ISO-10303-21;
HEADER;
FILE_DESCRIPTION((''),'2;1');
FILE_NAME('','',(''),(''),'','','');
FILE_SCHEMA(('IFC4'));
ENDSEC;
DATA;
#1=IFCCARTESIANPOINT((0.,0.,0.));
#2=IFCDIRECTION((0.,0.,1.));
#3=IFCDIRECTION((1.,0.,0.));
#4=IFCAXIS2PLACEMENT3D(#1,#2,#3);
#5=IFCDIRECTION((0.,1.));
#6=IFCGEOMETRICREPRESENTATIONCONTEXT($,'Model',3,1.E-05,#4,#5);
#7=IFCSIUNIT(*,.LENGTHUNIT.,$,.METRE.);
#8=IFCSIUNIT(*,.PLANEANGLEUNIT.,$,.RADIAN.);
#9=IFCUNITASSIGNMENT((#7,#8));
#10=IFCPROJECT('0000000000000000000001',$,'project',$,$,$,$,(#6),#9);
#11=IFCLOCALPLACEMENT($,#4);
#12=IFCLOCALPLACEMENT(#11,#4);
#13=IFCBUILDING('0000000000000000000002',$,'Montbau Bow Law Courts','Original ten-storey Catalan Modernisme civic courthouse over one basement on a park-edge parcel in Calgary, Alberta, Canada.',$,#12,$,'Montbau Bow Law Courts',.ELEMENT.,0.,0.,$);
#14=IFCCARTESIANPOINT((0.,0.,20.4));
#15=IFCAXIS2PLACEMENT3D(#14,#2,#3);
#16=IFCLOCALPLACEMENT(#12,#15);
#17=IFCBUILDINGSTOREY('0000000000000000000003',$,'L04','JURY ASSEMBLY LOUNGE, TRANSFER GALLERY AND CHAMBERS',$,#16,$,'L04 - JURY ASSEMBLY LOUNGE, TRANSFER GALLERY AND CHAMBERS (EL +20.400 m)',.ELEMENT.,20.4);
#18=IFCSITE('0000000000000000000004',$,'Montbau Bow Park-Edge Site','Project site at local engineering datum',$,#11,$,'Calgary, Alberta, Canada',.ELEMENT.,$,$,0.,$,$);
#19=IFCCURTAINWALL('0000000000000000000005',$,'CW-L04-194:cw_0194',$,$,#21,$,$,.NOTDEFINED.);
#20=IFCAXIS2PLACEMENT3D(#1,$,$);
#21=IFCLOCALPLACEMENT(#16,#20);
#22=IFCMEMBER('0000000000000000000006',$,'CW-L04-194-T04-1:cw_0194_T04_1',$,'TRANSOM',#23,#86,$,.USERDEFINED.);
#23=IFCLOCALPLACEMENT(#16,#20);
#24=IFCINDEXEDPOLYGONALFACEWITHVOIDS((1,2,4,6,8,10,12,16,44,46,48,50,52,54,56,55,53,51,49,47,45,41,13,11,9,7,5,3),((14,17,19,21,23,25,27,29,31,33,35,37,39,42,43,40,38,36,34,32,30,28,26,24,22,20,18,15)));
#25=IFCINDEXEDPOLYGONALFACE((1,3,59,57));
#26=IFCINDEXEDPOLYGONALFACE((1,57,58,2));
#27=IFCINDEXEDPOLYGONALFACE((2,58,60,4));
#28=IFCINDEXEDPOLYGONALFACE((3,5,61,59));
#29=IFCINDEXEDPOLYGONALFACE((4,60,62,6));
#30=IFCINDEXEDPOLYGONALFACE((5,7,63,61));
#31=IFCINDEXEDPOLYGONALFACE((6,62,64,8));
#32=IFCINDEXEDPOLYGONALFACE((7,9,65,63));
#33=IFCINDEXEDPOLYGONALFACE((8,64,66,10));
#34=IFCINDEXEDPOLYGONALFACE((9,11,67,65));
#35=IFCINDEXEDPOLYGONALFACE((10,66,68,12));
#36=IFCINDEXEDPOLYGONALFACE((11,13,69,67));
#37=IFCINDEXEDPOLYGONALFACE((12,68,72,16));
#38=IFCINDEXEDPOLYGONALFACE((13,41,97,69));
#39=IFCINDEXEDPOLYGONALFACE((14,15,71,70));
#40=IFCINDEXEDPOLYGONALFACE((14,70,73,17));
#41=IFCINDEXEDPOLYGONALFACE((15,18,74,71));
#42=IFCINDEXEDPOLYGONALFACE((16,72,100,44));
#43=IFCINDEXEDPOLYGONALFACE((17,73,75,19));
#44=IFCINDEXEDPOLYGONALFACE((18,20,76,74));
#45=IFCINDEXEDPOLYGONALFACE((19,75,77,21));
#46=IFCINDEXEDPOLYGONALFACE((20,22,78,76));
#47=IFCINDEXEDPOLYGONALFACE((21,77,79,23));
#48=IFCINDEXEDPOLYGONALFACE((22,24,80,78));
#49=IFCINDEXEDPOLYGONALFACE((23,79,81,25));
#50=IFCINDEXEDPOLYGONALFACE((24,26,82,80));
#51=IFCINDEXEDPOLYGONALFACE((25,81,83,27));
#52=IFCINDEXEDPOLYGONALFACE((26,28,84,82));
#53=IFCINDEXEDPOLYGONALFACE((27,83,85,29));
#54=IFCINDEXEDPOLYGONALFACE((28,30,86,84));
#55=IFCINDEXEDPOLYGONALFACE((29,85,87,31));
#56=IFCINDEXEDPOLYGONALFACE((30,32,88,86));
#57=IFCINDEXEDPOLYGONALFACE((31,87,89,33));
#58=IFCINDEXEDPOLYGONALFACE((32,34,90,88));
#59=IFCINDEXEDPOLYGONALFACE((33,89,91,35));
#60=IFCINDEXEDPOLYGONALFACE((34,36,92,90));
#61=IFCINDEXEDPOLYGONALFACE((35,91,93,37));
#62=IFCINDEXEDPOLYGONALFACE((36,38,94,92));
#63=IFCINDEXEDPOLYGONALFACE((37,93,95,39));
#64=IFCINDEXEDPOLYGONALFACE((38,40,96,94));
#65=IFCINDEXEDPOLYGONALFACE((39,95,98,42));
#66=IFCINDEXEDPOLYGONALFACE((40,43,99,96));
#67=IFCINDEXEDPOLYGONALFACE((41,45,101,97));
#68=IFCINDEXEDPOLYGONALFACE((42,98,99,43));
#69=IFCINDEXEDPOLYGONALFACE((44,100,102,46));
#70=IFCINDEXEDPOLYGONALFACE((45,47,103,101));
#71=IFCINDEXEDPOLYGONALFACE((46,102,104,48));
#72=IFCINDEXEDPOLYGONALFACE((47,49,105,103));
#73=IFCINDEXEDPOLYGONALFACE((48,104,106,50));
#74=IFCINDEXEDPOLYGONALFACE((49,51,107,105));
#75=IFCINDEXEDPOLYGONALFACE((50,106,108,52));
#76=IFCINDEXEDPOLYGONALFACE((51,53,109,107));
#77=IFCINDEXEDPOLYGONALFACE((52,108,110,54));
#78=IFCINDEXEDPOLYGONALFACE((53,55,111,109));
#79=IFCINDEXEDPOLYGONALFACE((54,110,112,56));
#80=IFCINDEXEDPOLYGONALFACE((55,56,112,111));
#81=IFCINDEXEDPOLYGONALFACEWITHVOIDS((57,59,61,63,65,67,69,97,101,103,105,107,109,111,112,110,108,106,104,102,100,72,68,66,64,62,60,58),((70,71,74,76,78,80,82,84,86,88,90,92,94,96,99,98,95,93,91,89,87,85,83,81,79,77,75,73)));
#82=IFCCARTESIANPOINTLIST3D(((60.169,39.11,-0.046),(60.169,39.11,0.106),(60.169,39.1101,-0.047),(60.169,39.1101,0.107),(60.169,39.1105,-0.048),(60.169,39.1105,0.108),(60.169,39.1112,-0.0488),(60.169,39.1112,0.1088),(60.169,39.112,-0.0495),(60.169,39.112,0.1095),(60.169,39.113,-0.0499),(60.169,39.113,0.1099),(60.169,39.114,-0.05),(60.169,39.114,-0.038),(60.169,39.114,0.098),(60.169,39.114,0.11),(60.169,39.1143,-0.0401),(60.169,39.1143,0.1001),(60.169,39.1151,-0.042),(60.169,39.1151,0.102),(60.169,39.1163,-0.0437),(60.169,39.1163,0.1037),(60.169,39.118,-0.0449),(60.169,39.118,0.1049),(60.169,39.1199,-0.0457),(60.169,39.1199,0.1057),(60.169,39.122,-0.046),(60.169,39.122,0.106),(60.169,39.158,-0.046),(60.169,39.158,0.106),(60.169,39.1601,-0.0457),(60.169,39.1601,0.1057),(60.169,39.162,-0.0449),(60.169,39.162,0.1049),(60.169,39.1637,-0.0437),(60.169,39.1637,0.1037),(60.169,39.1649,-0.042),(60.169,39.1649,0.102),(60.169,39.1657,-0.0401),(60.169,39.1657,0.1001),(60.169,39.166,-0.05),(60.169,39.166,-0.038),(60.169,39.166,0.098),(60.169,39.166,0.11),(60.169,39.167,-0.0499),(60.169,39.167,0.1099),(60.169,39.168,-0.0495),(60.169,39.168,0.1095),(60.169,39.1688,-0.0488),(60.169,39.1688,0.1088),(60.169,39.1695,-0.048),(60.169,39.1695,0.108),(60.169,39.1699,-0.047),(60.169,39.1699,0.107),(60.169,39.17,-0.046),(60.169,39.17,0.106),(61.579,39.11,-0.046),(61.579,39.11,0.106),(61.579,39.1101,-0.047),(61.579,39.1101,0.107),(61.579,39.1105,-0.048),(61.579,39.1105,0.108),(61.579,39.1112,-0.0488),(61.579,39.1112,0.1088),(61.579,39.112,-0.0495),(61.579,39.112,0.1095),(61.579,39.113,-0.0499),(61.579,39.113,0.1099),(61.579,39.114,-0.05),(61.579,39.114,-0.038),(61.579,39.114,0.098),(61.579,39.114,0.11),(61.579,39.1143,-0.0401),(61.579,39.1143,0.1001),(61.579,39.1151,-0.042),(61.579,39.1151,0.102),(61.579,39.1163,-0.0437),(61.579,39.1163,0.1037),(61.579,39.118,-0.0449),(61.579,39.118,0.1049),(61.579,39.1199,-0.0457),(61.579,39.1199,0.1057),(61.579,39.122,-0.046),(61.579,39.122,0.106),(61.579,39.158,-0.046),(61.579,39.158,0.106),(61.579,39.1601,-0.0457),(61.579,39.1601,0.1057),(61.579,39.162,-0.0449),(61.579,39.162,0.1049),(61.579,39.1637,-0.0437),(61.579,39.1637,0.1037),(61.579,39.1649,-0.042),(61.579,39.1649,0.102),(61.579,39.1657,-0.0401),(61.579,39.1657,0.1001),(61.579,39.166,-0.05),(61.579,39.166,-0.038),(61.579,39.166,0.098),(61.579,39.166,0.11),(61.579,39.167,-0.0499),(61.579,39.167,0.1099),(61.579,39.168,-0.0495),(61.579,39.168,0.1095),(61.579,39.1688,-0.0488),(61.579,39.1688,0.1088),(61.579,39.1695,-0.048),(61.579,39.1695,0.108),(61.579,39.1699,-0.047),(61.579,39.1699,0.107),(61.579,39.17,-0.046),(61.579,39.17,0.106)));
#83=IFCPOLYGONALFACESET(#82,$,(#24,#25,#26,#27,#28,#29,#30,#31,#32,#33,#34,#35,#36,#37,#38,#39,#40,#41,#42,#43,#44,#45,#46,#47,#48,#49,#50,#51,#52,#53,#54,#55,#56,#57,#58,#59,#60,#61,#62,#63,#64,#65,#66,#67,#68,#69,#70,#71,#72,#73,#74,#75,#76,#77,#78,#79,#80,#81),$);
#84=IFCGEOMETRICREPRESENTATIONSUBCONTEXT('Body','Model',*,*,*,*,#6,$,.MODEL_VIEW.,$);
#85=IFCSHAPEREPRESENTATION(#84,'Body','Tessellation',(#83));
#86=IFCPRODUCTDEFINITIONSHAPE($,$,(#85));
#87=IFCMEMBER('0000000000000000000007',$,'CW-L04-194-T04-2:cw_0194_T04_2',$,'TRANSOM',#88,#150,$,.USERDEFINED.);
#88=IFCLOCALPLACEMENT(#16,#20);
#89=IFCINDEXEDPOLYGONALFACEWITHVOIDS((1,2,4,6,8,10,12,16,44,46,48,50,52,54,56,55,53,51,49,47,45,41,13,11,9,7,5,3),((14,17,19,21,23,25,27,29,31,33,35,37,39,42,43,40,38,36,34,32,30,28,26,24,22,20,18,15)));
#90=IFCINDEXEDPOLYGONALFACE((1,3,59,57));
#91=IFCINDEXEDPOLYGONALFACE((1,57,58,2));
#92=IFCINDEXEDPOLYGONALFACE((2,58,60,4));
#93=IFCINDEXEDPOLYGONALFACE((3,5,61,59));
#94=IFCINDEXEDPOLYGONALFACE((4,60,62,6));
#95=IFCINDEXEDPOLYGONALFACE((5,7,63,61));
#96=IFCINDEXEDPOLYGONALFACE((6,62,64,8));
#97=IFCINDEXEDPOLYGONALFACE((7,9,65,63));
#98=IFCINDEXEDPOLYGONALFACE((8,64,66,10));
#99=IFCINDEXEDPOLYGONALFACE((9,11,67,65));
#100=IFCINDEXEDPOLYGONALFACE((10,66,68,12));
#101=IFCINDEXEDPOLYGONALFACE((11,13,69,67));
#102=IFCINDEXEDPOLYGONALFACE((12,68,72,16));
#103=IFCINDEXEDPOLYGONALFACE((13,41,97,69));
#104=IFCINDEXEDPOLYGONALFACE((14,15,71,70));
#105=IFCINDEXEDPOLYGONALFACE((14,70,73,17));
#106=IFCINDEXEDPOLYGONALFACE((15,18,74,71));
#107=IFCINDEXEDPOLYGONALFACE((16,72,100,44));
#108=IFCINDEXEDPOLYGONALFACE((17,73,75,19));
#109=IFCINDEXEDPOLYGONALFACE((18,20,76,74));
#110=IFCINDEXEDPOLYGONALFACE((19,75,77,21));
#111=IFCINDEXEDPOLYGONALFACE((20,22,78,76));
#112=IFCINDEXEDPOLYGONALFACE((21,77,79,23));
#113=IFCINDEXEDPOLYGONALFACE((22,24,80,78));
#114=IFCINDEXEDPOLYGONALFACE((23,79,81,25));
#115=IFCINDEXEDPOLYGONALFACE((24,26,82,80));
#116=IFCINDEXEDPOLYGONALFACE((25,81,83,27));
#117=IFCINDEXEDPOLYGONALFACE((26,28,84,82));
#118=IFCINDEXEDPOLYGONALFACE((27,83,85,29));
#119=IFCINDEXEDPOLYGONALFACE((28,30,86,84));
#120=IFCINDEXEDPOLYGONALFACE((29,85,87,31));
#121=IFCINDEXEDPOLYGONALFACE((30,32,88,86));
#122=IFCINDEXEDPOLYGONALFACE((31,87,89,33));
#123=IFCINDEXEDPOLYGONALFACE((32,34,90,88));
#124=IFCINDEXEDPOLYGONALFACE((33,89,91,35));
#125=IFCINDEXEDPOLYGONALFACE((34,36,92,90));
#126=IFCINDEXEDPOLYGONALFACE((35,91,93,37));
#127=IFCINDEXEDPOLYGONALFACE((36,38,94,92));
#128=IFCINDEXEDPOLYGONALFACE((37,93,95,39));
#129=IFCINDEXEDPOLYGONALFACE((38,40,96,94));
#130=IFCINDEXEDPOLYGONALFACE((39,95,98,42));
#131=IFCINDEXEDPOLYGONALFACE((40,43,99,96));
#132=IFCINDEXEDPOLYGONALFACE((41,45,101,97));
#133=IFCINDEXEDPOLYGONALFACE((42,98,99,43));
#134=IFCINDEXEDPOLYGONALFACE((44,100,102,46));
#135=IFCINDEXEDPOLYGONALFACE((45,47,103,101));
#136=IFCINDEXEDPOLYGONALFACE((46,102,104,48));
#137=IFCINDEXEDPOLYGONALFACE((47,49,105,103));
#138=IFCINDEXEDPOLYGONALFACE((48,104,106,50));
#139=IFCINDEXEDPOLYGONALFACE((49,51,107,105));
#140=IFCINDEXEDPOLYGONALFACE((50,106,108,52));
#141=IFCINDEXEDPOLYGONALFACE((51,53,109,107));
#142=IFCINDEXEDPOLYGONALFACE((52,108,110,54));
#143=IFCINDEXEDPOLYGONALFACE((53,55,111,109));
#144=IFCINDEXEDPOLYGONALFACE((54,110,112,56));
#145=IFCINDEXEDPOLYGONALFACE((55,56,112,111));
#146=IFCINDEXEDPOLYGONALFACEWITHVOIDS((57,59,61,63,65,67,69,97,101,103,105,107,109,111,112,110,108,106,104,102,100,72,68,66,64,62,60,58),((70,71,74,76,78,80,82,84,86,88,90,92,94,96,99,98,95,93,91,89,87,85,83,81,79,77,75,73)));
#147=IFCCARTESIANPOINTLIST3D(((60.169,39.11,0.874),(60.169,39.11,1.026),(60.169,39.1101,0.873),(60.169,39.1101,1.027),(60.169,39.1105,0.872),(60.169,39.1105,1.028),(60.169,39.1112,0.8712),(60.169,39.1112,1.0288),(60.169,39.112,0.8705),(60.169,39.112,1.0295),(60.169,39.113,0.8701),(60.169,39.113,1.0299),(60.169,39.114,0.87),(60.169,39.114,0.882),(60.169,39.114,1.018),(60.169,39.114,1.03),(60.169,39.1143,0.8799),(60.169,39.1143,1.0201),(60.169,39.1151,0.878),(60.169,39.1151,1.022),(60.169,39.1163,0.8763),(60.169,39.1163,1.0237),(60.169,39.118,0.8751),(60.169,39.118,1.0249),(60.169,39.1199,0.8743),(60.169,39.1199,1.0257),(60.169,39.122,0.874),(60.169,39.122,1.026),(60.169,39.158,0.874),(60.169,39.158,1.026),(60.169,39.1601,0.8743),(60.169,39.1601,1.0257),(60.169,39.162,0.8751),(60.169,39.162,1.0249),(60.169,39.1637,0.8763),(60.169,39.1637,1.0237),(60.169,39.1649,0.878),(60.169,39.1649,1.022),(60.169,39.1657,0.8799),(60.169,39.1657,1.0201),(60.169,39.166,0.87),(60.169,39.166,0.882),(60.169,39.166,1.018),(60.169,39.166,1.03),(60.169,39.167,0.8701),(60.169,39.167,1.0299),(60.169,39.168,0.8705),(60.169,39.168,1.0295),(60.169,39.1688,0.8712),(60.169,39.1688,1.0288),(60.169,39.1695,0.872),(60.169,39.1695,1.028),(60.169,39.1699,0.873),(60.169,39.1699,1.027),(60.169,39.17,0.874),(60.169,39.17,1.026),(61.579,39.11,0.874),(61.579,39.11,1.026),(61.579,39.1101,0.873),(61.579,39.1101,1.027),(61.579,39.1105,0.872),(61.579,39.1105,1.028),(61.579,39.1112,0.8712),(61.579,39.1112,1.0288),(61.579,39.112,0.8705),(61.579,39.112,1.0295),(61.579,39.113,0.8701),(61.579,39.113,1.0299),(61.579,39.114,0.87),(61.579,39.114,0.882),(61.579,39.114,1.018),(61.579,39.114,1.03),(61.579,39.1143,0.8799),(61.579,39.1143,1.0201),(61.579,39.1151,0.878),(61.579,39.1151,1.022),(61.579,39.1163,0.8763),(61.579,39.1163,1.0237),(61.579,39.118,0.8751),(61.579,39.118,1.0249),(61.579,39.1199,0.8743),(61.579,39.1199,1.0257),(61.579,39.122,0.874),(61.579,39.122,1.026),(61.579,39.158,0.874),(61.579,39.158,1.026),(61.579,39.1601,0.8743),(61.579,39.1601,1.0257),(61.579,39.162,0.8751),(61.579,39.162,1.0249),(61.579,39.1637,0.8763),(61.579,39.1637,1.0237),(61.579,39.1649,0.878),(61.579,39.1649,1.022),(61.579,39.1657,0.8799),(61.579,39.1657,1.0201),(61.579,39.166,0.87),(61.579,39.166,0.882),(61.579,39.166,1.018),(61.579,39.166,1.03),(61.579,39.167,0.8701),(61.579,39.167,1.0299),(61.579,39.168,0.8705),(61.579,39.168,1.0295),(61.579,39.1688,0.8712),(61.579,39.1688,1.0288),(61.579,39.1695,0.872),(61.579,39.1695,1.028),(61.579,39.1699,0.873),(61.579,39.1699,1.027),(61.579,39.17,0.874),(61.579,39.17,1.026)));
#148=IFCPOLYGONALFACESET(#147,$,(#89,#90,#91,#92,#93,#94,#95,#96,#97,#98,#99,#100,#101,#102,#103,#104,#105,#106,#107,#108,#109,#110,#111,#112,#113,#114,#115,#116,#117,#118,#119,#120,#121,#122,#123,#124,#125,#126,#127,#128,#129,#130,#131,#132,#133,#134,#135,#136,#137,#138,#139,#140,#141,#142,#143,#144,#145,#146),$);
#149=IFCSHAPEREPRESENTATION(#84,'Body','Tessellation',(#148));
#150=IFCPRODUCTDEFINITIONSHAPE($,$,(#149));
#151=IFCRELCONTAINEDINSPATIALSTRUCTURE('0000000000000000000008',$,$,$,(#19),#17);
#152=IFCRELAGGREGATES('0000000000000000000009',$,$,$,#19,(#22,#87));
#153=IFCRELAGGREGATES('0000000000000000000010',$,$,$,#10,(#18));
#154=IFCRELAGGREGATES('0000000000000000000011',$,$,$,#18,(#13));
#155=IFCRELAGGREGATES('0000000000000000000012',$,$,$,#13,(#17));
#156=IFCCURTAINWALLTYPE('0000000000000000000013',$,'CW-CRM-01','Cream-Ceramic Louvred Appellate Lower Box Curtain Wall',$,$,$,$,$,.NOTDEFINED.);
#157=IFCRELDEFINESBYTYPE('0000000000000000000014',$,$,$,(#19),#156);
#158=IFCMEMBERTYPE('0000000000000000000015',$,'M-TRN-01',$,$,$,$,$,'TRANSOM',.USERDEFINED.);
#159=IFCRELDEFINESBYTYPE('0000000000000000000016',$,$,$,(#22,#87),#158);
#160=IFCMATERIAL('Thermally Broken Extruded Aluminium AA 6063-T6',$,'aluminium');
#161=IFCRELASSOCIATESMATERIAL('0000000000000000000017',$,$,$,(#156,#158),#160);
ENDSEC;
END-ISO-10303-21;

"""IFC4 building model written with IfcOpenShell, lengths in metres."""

from ifc_helpers import new_model, si_unit, direction, frame, origin_with_axes, origin_2d_with_axis, place, context, subcontext, project, spatial, hollow_rectangle, extrude, material, material_profile, profile_set, type_object, element, aggregate, save


model = new_model("IFC4")

# Units and contexts
model_context = context("Model", 3, precision=1e-05, world=origin_with_axes(), true_north=direction((0.0, 1.0)))
body_context = subcontext(model_context, "Body", "Model", "MODEL_VIEW")
ifc_project = project(units=[si_unit("LENGTHUNIT", "METRE"), si_unit("PLANEANGLEUNIT", "RADIAN")], contexts=[model_context])

# Site, building, storey
site_placement = place(None, origin_with_axes())
site = spatial("IfcSite", under=ifc_project, at=site_placement, Name="Montbau Bow Park-Edge Site", Description="Project site at local engineering datum", LongName="Calgary, Alberta, Canada", CompositionType="ELEMENT", RefElevation=0.0)
building_placement = place(site_placement, origin_with_axes())
building = spatial("IfcBuilding", under=site, at=building_placement, Name="Montbau Bow Law Courts", Description="Original ten-storey Catalan Modernisme civic courthouse over one basement on a park-edge parcel in Calgary, Alberta, Canada.", LongName="Montbau Bow Law Courts", CompositionType="ELEMENT", ElevationOfRefHeight=0.0, ElevationOfTerrain=0.0)
storey_placement = place(building_placement, frame((0.0, 0.0, 20.4), z_axis=(0.0, 0.0, 1.0), x_axis=(1.0, 0.0, 0.0)))
storey = spatial("IfcBuildingStorey", under=building, at=storey_placement, Name="L04", Description="JURY ASSEMBLY LOUNGE, TRANSFER GALLERY AND CHAMBERS", LongName="L04 - JURY ASSEMBLY LOUNGE, TRANSFER GALLERY AND CHAMBERS (EL +20.400 m)", CompositionType="ELEMENT", Elevation=20.4)

# Curtain wall, members
ifc_material_1 = material(Name="Thermally Broken Extruded Aluminium AA 6063-T6", Category="aluminium")
curtain_wall_type = type_object("IfcCurtainWallType", Name="CW-CRM-01", Description="Cream-Ceramic Louvred Appellate Lower Box Curtain Wall", PredefinedType="NOTDEFINED", material=ifc_material_1)
curtain_wall_placement = place(None, frame((55.715, 39.14, 20.4), z_axis=(0.0, 0.0, 1.0), x_axis=(1.0, 0.0, 0.0)))
curtain_wall = element("IfcCurtainWall", 1, at=curtain_wall_placement, inside=storey, type_object=curtain_wall_type, Name="CW-L04-194:cw_0194", PredefinedType="NOTDEFINED")
ifc_material_profile_1 = material_profile(ifc_material_1, hollow_rectangle(XDim=0.06, YDim=0.16, WallThickness=0.004, InnerFilletRadius=0.008, OuterFilletRadius=0.004, at=origin_2d_with_axis()), Name="CWT-160X60", Category="Main", Priority=0)
ifc_profile_set_1 = profile_set([ifc_material_profile_1], Name="Thermally Broken Extruded Aluminium AA 6063-T6")
member_type_1 = type_object("IfcMemberType", Name="M-TRN-01", ElementType="TRANSOM", PredefinedType="USERDEFINED", material=ifc_profile_set_1)
member_1_placement = place(None, frame((60.169, 39.14, 20.43), z_axis=(1.0, 0.0, 0.0), x_axis=(0.0, 1.0, 0.0)))
member_1 = element("IfcMember", 2, at=member_1_placement, type_object=member_type_1, Name="CW-L04-194-T04-1:cw_0194_T04_1", ObjectType="TRANSOM", PredefinedType="USERDEFINED", context=body_context, shape_type="SweptSolid", body=[
    extrude(hollow_rectangle(XDim=0.06, YDim=0.16, WallThickness=0.004, InnerFilletRadius=0.008, OuterFilletRadius=0.004, at=origin_2d_with_axis()), origin_with_axes(), (0.0, 0.0, 1.0), 1.41),
])
member_2_placement = place(None, frame((60.169, 39.14, 21.35), z_axis=(1.0, 0.0, 0.0), x_axis=(0.0, 1.0, 0.0)))
member_2 = element("IfcMember", 3, at=member_2_placement, type_object=member_type_1, Name="CW-L04-194-T04-2:cw_0194_T04_2", ObjectType="TRANSOM", PredefinedType="USERDEFINED", context=body_context, shape_type="SweptSolid", body=[
    extrude(hollow_rectangle(XDim=0.06, YDim=0.16, WallThickness=0.004, InnerFilletRadius=0.008, OuterFilletRadius=0.004, at=origin_2d_with_axis()), origin_with_axes(), (0.0, 0.0, 1.0), 1.41),
])
aggregate(curtain_wall, [member_1, member_2])

save(model, "model.ifc")
